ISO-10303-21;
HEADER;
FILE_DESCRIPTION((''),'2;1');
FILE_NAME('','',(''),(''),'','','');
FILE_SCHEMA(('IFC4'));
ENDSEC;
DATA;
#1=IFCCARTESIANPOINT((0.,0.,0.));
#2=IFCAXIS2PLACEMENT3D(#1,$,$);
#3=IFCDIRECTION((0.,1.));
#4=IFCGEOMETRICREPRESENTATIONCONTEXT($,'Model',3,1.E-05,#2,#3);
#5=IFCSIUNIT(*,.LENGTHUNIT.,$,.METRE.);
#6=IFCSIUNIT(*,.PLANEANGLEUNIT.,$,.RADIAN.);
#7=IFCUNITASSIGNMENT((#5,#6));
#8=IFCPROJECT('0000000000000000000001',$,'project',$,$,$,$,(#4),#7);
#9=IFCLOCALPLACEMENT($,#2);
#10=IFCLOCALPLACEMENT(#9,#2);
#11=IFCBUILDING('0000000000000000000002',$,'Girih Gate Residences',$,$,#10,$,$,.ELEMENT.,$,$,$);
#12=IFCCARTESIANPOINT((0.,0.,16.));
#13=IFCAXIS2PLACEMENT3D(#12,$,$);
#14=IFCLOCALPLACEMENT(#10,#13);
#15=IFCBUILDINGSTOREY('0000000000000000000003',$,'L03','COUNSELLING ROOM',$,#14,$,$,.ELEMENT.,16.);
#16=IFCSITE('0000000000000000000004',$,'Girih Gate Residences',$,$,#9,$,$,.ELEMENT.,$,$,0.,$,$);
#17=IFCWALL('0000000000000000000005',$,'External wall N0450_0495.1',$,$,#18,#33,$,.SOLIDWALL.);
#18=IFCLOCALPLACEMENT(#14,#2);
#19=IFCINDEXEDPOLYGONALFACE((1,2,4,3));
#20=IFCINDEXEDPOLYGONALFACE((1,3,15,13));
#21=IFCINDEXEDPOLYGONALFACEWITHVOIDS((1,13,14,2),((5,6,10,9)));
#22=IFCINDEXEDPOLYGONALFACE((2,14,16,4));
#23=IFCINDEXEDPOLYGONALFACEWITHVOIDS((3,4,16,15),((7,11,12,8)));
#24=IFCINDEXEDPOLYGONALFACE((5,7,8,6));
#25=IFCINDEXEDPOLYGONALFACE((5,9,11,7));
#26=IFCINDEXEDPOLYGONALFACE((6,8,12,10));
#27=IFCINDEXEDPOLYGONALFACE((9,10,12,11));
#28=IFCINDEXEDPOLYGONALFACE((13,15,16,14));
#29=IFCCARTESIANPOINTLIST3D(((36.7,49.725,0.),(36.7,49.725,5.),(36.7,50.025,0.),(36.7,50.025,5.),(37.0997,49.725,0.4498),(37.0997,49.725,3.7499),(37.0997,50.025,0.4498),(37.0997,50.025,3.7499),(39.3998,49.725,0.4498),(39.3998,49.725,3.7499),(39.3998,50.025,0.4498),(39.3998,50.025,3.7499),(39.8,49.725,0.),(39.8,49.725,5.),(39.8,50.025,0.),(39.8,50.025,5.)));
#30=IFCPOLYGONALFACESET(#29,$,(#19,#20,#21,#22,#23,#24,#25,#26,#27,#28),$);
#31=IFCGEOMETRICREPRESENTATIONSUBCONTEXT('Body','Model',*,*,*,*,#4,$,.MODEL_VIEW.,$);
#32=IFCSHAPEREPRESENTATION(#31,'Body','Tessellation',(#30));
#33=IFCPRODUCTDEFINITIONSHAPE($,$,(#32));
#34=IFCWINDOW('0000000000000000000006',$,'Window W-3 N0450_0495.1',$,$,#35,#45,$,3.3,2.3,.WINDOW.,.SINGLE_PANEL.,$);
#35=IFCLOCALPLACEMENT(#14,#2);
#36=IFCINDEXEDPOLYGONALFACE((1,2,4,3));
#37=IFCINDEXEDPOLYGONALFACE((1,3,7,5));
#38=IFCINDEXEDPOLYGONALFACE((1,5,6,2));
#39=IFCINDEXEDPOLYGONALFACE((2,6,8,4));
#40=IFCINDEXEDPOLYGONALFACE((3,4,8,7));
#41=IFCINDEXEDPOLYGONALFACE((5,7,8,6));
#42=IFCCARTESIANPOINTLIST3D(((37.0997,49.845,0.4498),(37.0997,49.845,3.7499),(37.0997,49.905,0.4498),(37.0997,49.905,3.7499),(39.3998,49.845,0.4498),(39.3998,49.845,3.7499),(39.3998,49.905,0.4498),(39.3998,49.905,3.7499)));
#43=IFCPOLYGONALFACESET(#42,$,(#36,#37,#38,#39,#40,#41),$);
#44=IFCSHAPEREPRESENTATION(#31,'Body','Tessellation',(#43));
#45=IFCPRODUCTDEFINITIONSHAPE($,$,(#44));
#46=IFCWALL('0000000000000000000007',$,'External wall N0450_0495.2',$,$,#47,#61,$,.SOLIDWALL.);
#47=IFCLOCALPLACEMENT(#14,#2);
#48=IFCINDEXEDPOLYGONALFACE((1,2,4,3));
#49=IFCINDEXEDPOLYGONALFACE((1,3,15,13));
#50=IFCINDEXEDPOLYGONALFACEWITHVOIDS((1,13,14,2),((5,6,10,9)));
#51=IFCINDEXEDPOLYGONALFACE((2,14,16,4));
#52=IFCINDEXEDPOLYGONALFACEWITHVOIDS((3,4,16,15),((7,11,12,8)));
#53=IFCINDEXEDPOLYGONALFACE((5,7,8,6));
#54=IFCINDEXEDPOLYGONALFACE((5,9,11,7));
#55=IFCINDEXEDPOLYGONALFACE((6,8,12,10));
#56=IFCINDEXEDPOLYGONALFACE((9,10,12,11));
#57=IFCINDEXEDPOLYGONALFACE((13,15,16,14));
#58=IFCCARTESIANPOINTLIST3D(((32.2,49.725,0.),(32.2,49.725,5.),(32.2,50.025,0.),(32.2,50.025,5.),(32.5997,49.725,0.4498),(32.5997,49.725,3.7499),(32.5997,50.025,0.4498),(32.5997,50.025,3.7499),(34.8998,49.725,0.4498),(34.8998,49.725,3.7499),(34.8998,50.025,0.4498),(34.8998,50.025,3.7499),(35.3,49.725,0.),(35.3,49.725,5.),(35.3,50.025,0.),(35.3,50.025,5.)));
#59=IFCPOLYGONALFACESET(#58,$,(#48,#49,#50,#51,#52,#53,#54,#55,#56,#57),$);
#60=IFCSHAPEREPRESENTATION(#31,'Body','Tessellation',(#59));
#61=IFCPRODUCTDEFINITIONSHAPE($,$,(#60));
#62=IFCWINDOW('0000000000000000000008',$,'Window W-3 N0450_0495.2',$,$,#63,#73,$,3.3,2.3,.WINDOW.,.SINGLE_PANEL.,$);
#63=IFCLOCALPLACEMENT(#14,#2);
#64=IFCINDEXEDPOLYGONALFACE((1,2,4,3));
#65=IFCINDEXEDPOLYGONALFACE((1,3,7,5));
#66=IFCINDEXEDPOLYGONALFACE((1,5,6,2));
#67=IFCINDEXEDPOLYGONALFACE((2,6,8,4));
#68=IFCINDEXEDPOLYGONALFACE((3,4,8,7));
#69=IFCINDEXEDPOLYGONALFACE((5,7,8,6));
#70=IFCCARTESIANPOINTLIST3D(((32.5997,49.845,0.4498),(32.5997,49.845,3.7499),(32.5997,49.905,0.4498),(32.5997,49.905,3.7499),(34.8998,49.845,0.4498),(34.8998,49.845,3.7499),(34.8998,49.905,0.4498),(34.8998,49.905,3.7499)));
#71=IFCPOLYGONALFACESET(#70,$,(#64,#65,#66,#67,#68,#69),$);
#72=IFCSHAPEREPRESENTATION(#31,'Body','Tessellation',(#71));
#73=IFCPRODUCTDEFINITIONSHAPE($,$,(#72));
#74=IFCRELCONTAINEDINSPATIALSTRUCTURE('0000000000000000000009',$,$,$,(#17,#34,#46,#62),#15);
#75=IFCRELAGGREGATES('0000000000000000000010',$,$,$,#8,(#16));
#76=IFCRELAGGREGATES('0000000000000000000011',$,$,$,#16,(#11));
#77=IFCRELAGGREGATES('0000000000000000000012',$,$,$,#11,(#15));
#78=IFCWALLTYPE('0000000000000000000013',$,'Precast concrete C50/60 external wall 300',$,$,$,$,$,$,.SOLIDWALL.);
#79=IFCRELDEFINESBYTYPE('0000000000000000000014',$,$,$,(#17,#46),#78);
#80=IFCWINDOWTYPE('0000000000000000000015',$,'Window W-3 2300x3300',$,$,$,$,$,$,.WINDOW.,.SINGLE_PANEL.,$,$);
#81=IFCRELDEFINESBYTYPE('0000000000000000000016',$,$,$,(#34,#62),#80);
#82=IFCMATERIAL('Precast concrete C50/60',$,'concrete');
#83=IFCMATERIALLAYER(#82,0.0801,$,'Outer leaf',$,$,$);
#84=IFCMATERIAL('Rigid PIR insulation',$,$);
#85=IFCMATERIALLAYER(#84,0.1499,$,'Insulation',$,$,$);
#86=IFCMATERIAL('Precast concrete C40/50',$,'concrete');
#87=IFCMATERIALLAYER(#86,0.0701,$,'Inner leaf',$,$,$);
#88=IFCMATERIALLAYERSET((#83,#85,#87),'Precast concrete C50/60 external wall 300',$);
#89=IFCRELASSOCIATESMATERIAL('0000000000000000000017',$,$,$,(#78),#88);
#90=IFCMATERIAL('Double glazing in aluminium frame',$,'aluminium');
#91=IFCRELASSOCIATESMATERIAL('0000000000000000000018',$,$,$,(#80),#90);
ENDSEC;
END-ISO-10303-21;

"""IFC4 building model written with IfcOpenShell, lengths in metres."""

from ifc_helpers import new_model, si_unit, direction, frame, frame_2d, origin, place, context, subcontext, project, spatial, rectangle, extrude, material, layer, layer_set, type_object, element, fill, save


model = new_model("IFC4")

# Units and contexts
model_context = context("Model", 3, precision=1e-05, world=origin(), true_north=direction((0.0, 1.0)))
body_context = subcontext(model_context, "Body", "Model", "MODEL_VIEW")
ifc_project = project(units=[si_unit("LENGTHUNIT", "METRE"), si_unit("PLANEANGLEUNIT", "RADIAN")], contexts=[model_context])

# Site, building, storey
site_placement = place(None, origin())
site = spatial("IfcSite", under=ifc_project, at=site_placement, Name="Girih Gate Residences", CompositionType="ELEMENT", RefElevation=0.0)
building_placement = place(site_placement, origin())
building = spatial("IfcBuilding", under=site, at=building_placement, Name="Girih Gate Residences", CompositionType="ELEMENT")
storey_placement = place(building_placement, frame((0.0, 0.0, 16.0)))
storey = spatial("IfcBuildingStorey", under=building, at=storey_placement, Name="L03", Description="COUNSELLING ROOM", CompositionType="ELEMENT", Elevation=16.0)

# Walls, openings, windows
ifc_material_1 = material(Name="Precast concrete C50/60", Category="concrete")
ifc_layer_1 = layer(ifc_material_1, 0.0801, Name="Outer leaf")
ifc_material_2 = material(Name="Rigid PIR insulation")
ifc_layer_2 = layer(ifc_material_2, 0.1499, Name="Insulation")
ifc_material_3 = material(Name="Precast concrete C40/50", Category="concrete")
ifc_layer_3 = layer(ifc_material_3, 0.0701, Name="Inner leaf")
ifc_layer_set_1 = layer_set([ifc_layer_1, ifc_layer_2, ifc_layer_3], Name="Precast concrete C50/60 external wall 300")
wall_type_1 = type_object("IfcWallType", Name="Precast concrete C50/60 external wall 300", PredefinedType="SOLIDWALL", material=ifc_layer_set_1)
ifc_material_4 = material(Name="Double glazing in aluminium frame", Category="aluminium")
window_type = type_object("IfcWindowType", Name="Window W-3 2300x3300", PartitioningType="SINGLE_PANEL", PredefinedType="WINDOW", material=ifc_material_4)
wall_1_placement = place(storey_placement, frame((36.7, 49.875, 0.0), z_axis=(0.0, 0.0, 1.0), x_axis=(1.0, 0.0, 0.0)))
wall_1 = element("IfcWall", 1, at=wall_1_placement, inside=storey, type_object=wall_type_1, Name="External wall N0450_0495.1", PredefinedType="SOLIDWALL", context=body_context, shape_type="SweptSolid", body=[
    extrude(rectangle(XDim=3.1001, YDim=0.3, at=frame_2d((1.55, 0.0))), origin(), (0.0, 0.0, 1.0), 5.0),
])
opening_1_placement = place(wall_1_placement, frame((0.3999, 0.0, 0.45)))
opening_1 = element("IfcOpeningElement", 2, at=opening_1_placement, cuts=wall_1, PredefinedType="OPENING", context=body_context, shape_type="SweptSolid", body=[
    extrude(rectangle(XDim=2.3, YDim=3.3, at=frame_2d((1.1499, 1.6499))), frame((0.0, 0.1599, 0.0), z_axis=(0.0, -1.0, 0.0), x_axis=(1.0, 0.0, 0.0)), (0.0, 0.0, 1.0), 0.3201),
])
window_1_placement = place(opening_1_placement, origin())
window_1 = element("IfcWindow", 3, at=window_1_placement, inside=storey, type_object=window_type, Name="Window W-3 N0450_0495.1", OverallHeight=3.3, OverallWidth=2.3, PartitioningType="SINGLE_PANEL", PredefinedType="WINDOW", context=body_context, shape_type="SweptSolid", body=[
    extrude(rectangle(XDim=2.3, YDim=3.3, at=frame_2d((1.1499, 1.6499))), frame((0.0, 0.03, 0.0), z_axis=(0.0, -1.0, 0.0), x_axis=(1.0, 0.0, 0.0)), (0.0, 0.0, 1.0), 0.0601),
])
fill(opening_1, window_1)
wall_2_placement = place(storey_placement, frame((32.2, 49.875, 0.0), z_axis=(0.0, 0.0, 1.0), x_axis=(1.0, 0.0, 0.0)))
wall_2 = element("IfcWall", 4, at=wall_2_placement, inside=storey, type_object=wall_type_1, Name="External wall N0450_0495.2", PredefinedType="SOLIDWALL", context=body_context, shape_type="SweptSolid", body=[
    extrude(rectangle(XDim=3.1001, YDim=0.3, at=frame_2d((1.55, 0.0))), origin(), (0.0, 0.0, 1.0), 5.0),
])
opening_2_placement = place(wall_2_placement, frame((0.3999, 0.0, 0.45)))
opening_2 = element("IfcOpeningElement", 5, at=opening_2_placement, cuts=wall_2, PredefinedType="OPENING", context=body_context, shape_type="SweptSolid", body=[
    extrude(rectangle(XDim=2.3, YDim=3.3, at=frame_2d((1.1499, 1.6499))), frame((0.0, 0.1599, 0.0), z_axis=(0.0, -1.0, 0.0), x_axis=(1.0, 0.0, 0.0)), (0.0, 0.0, 1.0), 0.3201),
])
window_2_placement = place(opening_2_placement, origin())
window_2 = element("IfcWindow", 6, at=window_2_placement, inside=storey, type_object=window_type, Name="Window W-3 N0450_0495.2", OverallHeight=3.3, OverallWidth=2.3, PartitioningType="SINGLE_PANEL", PredefinedType="WINDOW", context=body_context, shape_type="SweptSolid", body=[
    extrude(rectangle(XDim=2.3, YDim=3.3, at=frame_2d((1.1499, 1.6499))), frame((0.0, 0.03, 0.0), z_axis=(0.0, -1.0, 0.0), x_axis=(1.0, 0.0, 0.0)), (0.0, 0.0, 1.0), 0.0601),
])
fill(opening_2, window_2)

save(model, "model.ifc")
